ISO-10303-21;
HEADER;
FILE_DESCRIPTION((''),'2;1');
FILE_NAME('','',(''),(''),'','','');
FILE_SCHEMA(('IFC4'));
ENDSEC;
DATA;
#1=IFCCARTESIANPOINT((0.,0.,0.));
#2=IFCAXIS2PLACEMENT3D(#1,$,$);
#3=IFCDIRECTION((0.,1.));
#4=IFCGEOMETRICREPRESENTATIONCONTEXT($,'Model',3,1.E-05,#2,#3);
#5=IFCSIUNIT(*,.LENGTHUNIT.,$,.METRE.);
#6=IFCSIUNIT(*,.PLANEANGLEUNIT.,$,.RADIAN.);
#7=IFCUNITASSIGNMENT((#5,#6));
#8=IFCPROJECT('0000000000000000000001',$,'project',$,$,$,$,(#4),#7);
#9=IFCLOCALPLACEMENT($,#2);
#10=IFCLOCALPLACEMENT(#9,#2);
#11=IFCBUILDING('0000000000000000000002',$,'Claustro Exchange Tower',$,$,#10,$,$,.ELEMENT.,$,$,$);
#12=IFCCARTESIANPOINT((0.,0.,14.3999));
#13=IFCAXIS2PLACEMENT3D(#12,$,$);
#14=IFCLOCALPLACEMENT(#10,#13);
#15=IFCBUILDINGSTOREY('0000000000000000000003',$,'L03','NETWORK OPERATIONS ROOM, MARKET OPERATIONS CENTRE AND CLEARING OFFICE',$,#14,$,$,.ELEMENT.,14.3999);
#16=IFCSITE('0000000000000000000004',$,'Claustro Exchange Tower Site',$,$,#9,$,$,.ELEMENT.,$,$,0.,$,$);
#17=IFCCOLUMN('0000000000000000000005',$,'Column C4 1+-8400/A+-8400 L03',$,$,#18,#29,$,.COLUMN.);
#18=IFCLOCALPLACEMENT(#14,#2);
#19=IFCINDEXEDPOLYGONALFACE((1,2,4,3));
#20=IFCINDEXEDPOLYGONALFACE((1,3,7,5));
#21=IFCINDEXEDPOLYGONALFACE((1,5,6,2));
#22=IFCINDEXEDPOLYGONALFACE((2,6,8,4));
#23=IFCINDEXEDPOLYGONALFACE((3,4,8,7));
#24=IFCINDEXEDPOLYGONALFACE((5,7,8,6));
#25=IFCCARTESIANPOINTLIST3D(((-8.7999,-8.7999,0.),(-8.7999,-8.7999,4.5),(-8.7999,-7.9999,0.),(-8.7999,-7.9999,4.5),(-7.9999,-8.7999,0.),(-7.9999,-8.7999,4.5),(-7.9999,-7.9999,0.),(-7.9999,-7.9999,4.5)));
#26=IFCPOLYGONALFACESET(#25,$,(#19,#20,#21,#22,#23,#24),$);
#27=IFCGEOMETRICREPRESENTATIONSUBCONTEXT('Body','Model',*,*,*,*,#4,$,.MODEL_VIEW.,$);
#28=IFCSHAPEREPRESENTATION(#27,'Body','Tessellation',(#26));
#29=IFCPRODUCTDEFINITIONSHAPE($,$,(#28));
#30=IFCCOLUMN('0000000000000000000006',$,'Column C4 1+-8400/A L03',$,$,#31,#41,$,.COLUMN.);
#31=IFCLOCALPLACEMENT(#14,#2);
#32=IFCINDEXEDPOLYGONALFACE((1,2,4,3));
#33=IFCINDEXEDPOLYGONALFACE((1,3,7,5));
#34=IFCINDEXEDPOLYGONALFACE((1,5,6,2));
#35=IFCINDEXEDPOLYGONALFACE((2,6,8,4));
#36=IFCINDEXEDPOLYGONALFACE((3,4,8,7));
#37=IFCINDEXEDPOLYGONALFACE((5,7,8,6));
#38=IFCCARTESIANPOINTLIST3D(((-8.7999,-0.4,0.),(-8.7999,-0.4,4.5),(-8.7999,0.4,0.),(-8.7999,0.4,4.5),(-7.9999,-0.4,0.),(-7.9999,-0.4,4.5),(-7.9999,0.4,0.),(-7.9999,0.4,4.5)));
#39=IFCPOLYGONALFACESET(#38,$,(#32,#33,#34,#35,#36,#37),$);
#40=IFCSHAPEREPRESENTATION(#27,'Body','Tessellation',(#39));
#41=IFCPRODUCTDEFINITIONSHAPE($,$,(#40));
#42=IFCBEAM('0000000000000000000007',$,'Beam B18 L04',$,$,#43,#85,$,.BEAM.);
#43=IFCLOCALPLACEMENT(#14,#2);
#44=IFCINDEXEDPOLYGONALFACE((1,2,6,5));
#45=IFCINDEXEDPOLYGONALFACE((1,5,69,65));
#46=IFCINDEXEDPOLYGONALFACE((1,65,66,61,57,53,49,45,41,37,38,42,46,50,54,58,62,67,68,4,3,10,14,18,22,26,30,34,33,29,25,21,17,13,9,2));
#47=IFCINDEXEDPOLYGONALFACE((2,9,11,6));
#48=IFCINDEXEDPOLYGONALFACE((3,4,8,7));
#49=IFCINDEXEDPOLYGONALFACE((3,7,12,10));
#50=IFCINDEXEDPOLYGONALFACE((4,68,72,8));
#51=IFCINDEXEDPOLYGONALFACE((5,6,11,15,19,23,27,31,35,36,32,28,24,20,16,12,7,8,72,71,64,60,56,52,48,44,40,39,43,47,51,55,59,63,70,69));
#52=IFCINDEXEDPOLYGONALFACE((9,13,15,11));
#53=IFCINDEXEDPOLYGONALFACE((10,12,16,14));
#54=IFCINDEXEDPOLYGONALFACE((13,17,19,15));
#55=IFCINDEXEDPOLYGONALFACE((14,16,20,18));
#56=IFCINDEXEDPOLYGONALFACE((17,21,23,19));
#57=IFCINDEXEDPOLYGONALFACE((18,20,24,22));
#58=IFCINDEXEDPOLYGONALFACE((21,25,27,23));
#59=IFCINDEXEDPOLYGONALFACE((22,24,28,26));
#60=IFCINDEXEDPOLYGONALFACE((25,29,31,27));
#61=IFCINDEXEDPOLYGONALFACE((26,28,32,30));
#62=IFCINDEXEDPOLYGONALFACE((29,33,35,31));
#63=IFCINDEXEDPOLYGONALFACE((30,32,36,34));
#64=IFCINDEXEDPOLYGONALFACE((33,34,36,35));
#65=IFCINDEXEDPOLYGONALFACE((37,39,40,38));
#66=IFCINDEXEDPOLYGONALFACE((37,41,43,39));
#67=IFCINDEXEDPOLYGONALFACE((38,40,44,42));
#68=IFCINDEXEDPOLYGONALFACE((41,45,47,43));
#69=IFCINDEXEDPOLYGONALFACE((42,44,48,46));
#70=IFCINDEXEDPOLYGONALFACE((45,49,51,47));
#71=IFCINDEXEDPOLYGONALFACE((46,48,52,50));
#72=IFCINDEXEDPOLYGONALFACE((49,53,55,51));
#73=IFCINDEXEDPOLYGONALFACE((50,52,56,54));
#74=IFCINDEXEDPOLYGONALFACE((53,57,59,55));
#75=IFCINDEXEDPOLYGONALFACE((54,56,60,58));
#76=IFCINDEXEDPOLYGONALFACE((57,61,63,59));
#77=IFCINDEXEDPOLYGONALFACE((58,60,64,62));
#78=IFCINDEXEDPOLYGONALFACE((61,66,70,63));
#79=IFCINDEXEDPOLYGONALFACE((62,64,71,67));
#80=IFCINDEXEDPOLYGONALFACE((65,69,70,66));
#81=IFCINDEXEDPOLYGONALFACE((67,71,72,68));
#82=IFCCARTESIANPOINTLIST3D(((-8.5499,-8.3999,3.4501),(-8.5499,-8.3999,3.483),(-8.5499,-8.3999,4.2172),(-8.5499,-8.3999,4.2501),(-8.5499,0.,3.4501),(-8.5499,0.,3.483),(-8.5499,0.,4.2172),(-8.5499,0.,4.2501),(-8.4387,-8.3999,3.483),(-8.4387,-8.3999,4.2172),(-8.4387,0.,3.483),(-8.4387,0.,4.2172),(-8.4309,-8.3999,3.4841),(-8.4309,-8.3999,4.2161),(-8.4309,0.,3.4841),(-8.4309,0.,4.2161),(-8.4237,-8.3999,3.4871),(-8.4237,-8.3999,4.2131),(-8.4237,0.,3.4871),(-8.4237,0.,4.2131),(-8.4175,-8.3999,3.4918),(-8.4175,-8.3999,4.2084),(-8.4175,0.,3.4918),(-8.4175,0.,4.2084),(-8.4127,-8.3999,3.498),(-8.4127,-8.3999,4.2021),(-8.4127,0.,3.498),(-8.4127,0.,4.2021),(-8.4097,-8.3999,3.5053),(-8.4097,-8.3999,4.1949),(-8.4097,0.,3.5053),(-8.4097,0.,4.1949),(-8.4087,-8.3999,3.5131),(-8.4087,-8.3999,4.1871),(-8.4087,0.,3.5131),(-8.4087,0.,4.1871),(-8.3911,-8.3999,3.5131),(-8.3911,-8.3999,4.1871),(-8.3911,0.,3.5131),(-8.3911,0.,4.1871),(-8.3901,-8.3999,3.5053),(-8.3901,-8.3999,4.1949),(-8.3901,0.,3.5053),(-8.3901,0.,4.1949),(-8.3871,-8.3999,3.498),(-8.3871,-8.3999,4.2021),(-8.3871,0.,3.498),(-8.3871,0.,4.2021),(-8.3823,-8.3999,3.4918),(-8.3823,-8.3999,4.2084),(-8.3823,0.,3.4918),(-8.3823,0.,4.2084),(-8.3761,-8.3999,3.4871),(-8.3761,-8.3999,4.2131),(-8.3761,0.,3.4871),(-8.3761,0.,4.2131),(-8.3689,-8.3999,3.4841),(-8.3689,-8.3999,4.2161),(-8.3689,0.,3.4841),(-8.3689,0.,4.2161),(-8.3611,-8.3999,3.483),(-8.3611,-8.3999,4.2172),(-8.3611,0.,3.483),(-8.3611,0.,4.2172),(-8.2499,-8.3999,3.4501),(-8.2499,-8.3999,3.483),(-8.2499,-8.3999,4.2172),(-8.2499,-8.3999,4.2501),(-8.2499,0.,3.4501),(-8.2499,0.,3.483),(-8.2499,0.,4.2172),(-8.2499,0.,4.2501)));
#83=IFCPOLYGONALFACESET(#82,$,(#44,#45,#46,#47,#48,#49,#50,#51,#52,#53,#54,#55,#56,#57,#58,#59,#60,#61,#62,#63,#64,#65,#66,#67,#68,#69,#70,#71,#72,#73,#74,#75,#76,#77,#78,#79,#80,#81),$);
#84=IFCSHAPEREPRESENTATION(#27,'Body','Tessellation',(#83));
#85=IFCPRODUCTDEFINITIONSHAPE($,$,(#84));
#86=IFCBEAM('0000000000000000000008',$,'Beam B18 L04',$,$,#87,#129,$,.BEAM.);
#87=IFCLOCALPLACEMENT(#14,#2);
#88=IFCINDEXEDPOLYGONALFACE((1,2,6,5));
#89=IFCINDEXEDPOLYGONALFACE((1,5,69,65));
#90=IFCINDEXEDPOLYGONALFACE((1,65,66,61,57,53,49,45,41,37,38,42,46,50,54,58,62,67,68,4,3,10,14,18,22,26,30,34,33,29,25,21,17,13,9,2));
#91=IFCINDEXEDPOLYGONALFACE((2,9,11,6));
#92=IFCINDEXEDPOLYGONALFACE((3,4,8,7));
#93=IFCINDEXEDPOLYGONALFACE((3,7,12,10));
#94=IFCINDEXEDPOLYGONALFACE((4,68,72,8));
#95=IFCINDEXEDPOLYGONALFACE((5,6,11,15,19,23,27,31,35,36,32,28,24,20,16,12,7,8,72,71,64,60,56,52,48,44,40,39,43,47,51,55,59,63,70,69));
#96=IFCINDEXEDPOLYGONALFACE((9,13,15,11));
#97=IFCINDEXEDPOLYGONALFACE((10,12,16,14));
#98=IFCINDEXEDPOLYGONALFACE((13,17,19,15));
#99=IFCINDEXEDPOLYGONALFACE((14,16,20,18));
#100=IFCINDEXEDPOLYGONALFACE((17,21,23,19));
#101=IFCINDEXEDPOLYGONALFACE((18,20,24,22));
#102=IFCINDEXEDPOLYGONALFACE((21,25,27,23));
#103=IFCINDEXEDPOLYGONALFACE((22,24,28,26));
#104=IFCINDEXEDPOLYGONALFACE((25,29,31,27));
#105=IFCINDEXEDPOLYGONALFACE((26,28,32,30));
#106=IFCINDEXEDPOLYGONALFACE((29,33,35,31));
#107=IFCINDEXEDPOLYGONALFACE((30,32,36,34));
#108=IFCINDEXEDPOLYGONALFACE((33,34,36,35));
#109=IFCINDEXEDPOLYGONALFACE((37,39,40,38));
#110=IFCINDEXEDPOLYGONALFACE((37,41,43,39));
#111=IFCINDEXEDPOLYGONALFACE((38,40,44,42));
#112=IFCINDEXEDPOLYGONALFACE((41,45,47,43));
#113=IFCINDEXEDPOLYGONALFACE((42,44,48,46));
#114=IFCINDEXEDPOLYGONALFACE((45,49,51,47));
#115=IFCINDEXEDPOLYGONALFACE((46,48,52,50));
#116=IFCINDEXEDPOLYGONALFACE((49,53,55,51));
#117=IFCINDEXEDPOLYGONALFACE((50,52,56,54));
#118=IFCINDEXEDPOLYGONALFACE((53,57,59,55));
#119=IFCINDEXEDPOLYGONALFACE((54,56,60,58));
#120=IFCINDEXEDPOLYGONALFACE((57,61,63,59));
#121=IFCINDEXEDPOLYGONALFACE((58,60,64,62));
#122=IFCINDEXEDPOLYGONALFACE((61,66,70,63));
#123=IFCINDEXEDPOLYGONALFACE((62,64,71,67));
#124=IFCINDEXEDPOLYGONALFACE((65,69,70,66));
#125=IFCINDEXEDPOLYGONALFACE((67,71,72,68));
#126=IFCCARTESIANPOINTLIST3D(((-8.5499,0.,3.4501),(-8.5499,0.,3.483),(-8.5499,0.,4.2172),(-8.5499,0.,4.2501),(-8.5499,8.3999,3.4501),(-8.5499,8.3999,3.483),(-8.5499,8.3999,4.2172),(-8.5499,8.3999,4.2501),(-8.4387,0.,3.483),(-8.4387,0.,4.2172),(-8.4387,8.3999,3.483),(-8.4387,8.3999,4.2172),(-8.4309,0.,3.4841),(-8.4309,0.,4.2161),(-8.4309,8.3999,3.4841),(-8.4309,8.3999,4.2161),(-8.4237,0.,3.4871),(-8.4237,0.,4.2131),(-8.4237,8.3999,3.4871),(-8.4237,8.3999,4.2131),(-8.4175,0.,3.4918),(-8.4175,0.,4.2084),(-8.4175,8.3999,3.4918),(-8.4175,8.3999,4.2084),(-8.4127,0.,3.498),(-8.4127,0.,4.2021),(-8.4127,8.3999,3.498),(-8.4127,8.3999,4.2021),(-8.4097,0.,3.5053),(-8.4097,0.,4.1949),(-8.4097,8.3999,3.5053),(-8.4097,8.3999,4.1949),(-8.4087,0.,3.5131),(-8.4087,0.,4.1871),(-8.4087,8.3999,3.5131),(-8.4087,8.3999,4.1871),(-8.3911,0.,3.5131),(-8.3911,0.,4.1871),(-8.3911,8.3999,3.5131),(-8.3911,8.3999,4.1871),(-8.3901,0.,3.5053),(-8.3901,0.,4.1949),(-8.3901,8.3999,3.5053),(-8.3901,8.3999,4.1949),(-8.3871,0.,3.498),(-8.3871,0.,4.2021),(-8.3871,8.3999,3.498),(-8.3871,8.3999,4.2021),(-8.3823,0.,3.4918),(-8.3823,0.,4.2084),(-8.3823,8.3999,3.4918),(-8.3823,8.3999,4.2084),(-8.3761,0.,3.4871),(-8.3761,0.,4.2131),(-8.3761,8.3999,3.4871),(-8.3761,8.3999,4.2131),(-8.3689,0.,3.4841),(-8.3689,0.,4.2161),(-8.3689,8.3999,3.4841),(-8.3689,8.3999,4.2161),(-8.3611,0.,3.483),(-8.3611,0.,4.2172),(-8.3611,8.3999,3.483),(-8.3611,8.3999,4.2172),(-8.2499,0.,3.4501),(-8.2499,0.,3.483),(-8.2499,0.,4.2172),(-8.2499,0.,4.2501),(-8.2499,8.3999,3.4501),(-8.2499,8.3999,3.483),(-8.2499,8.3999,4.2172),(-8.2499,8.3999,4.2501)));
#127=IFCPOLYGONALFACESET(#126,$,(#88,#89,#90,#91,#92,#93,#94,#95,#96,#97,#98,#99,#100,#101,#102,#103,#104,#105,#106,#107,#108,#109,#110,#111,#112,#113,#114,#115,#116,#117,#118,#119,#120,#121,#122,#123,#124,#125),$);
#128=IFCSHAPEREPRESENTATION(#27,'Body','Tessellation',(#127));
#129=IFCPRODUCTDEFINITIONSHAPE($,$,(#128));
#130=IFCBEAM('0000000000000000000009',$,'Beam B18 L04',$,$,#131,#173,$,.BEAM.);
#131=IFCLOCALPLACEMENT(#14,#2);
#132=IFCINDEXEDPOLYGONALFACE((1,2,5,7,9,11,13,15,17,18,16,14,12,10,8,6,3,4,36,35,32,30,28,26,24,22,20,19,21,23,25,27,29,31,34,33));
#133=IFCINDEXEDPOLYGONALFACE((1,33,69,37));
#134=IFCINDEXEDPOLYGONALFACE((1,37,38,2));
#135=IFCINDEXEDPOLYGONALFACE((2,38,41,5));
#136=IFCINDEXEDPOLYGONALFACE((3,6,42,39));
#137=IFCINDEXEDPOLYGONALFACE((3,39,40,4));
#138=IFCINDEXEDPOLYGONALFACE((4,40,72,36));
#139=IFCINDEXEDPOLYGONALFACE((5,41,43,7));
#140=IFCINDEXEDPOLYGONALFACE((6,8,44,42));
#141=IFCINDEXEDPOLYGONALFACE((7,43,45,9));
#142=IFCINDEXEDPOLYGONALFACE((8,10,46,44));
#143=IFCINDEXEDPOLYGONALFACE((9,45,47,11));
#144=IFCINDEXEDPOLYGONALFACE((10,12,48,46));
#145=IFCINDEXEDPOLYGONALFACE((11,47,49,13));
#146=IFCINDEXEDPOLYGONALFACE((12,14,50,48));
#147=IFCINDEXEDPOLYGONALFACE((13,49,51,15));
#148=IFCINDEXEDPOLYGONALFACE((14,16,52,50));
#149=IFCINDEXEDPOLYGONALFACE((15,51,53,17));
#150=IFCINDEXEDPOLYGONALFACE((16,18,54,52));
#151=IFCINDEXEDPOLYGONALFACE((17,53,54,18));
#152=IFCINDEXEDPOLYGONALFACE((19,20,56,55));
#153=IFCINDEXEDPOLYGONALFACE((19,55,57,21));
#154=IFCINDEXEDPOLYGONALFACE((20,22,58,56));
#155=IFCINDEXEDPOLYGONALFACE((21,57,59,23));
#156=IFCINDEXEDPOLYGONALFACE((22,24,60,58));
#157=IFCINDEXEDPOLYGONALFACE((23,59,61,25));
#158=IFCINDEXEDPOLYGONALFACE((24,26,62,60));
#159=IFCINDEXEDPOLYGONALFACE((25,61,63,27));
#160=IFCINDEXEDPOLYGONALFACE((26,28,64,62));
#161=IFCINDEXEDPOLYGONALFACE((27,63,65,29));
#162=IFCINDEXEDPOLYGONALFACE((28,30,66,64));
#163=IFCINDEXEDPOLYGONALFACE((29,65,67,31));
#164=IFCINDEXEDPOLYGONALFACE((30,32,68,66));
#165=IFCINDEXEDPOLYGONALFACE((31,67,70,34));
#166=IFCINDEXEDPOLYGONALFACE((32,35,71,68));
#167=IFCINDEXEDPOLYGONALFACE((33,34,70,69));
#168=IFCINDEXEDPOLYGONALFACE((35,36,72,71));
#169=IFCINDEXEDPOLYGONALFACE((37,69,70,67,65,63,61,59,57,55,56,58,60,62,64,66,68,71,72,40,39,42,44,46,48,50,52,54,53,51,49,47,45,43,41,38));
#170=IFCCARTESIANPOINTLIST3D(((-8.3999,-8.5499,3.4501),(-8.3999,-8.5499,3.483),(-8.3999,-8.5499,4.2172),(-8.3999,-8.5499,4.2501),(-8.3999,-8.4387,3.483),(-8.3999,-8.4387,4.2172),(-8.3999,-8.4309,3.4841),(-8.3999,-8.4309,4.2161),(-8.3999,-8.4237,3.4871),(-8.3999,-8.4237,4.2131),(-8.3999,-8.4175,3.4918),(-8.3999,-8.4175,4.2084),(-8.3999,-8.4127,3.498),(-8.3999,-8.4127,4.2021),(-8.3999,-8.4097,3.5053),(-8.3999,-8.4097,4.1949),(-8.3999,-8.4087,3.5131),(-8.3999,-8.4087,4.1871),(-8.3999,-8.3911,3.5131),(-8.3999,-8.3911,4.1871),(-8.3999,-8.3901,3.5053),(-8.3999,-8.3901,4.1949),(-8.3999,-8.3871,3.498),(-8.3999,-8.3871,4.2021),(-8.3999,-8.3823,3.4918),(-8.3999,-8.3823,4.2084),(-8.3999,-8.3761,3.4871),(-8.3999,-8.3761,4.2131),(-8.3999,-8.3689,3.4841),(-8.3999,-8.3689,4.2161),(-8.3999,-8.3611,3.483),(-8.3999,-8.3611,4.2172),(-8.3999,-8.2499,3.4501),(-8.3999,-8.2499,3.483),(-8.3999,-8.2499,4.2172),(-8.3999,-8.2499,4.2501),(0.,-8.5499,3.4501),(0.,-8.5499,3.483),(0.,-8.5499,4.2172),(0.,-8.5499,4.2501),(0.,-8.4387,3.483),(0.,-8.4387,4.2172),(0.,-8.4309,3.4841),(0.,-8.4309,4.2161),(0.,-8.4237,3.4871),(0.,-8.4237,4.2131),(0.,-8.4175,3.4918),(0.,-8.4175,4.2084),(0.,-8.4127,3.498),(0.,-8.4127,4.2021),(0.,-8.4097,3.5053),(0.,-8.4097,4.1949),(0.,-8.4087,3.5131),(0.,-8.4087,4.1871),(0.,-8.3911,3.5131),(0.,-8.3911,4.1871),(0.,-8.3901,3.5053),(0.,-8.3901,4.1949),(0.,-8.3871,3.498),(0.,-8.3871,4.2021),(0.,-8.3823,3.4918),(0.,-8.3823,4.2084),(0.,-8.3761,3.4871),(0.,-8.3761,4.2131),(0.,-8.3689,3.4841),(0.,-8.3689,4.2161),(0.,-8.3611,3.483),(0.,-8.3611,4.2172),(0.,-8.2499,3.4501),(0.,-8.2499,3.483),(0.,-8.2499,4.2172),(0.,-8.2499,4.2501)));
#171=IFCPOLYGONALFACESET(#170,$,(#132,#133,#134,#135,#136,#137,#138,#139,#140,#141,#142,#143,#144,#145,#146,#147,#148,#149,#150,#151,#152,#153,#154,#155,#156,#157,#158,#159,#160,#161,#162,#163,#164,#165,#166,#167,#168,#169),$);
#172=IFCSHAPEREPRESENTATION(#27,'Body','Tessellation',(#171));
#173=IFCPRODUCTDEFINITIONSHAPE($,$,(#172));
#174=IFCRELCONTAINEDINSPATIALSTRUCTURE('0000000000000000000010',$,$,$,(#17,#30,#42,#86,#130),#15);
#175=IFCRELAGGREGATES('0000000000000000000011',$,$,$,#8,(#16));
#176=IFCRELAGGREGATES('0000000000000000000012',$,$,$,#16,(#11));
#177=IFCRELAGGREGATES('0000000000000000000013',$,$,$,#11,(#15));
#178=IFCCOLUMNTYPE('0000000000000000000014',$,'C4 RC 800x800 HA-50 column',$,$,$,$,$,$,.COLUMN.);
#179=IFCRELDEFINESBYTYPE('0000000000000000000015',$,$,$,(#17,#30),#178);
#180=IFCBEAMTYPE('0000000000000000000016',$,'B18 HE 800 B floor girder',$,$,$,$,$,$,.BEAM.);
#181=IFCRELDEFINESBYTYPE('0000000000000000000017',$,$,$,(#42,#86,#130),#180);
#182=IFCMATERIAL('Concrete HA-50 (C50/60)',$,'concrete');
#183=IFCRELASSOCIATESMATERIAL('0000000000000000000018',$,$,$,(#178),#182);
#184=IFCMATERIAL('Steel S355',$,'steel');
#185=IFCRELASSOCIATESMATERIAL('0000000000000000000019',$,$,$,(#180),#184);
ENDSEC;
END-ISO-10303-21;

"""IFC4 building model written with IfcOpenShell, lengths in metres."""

from ifc_helpers import new_model, si_unit, direction, frame, origin, origin_2d, place, context, subcontext, project, spatial, rectangle, i_section, extrude, material, material_profile, profile_set, type_object, element, save


model = new_model("IFC4")

# Units and contexts
model_context = context("Model", 3, precision=1e-05, world=origin(), true_north=direction((0.0, 1.0)))
body_context = subcontext(model_context, "Body", "Model", "MODEL_VIEW")
ifc_project = project(units=[si_unit("LENGTHUNIT", "METRE"), si_unit("PLANEANGLEUNIT", "RADIAN")], contexts=[model_context])

# Site, building, storey
site_placement = place(None, origin())
site = spatial("IfcSite", under=ifc_project, at=site_placement, Name="Claustro Exchange Tower Site", CompositionType="ELEMENT", RefElevation=0.0)
building_placement = place(site_placement, origin())
building = spatial("IfcBuilding", under=site, at=building_placement, Name="Claustro Exchange Tower", CompositionType="ELEMENT")
storey_placement = place(building_placement, frame((0.0, 0.0, 14.3999)))
storey = spatial("IfcBuildingStorey", under=building, at=storey_placement, Name="L03", Description="NETWORK OPERATIONS ROOM, MARKET OPERATIONS CENTRE AND CLEARING OFFICE", CompositionType="ELEMENT", Elevation=14.3999)

# Columns
ifc_material_1 = material(Name="Concrete HA-50 (C50/60)", Category="concrete")
ifc_material_profile_1 = material_profile(ifc_material_1, rectangle(XDim=0.8, YDim=0.8, at=origin_2d()), Name="RC 800x800")
ifc_profile_set_1 = profile_set([ifc_material_profile_1], Name="Concrete HA-50 (C50/60)")
column_type = type_object("IfcColumnType", Name="C4 RC 800x800 HA-50 column", PredefinedType="COLUMN", material=ifc_profile_set_1)
for number, where, z_axis, x_axis, name in (
    (1, (-8.3999, -8.3999, 0.0), (0.0, 0.0, 1.0), (1.0, 0.0, 0.0), "Column C4 1+-8400/A+-8400 L03"),
    (2, (-8.3999, 0.0, 0.0), (0.0, 0.0, 1.0), (1.0, 0.0, 0.0), "Column C4 1+-8400/A L03"),
):
    element("IfcColumn", number, at=place(storey_placement, frame(where, z_axis=z_axis, x_axis=x_axis)), inside=storey, type_object=column_type, Name=name, PredefinedType="COLUMN", context=body_context, shape_type="SweptSolid", body=[
        extrude(rectangle(XDim=0.8, YDim=0.8, at=origin_2d()), origin(), (0.0, 0.0, 1.0), 4.5),
    ])

# Beams
ifc_material_2 = material(Name="Steel S355", Category="steel")
ifc_material_profile_2 = material_profile(ifc_material_2, i_section(OverallWidth=0.3, OverallDepth=0.8, WebThickness=0.0176, FlangeThickness=0.033, FilletRadius=0.03, at=origin_2d()), Name="HE 800 B")
ifc_profile_set_2 = profile_set([ifc_material_profile_2], Name="Steel S355")
beam_type_1 = type_object("IfcBeamType", Name="B18 HE 800 B floor girder", PredefinedType="BEAM", material=ifc_profile_set_2)
for number, where, z_axis, x_axis, name in (
    (3, (-8.3999, -8.3999, 3.8501), (0.0, 1.0, 0.0), (-1.0, 0.0, 0.0), "Beam B18 L04"),
    (4, (-8.3999, 0.0, 3.8501), (0.0, 1.0, 0.0), (-1.0, 0.0, 0.0), "Beam B18 L04"),
    (5, (-8.3999, -8.3999, 3.8501), (1.0, 0.0, 0.0), (0.0, 1.0, 0.0), "Beam B18 L04"),
):
    element("IfcBeam", number, at=place(storey_placement, frame(where, z_axis=z_axis, x_axis=x_axis)), inside=storey, type_object=beam_type_1, Name=name, PredefinedType="BEAM", context=body_context, shape_type="SweptSolid", body=[
        extrude(i_section(OverallWidth=0.3, OverallDepth=0.8, WebThickness=0.0176, FlangeThickness=0.033, FilletRadius=0.03, at=origin_2d()), origin(), (0.0, 0.0, 1.0), 8.3999),
    ])

save(model, "model.ifc")
